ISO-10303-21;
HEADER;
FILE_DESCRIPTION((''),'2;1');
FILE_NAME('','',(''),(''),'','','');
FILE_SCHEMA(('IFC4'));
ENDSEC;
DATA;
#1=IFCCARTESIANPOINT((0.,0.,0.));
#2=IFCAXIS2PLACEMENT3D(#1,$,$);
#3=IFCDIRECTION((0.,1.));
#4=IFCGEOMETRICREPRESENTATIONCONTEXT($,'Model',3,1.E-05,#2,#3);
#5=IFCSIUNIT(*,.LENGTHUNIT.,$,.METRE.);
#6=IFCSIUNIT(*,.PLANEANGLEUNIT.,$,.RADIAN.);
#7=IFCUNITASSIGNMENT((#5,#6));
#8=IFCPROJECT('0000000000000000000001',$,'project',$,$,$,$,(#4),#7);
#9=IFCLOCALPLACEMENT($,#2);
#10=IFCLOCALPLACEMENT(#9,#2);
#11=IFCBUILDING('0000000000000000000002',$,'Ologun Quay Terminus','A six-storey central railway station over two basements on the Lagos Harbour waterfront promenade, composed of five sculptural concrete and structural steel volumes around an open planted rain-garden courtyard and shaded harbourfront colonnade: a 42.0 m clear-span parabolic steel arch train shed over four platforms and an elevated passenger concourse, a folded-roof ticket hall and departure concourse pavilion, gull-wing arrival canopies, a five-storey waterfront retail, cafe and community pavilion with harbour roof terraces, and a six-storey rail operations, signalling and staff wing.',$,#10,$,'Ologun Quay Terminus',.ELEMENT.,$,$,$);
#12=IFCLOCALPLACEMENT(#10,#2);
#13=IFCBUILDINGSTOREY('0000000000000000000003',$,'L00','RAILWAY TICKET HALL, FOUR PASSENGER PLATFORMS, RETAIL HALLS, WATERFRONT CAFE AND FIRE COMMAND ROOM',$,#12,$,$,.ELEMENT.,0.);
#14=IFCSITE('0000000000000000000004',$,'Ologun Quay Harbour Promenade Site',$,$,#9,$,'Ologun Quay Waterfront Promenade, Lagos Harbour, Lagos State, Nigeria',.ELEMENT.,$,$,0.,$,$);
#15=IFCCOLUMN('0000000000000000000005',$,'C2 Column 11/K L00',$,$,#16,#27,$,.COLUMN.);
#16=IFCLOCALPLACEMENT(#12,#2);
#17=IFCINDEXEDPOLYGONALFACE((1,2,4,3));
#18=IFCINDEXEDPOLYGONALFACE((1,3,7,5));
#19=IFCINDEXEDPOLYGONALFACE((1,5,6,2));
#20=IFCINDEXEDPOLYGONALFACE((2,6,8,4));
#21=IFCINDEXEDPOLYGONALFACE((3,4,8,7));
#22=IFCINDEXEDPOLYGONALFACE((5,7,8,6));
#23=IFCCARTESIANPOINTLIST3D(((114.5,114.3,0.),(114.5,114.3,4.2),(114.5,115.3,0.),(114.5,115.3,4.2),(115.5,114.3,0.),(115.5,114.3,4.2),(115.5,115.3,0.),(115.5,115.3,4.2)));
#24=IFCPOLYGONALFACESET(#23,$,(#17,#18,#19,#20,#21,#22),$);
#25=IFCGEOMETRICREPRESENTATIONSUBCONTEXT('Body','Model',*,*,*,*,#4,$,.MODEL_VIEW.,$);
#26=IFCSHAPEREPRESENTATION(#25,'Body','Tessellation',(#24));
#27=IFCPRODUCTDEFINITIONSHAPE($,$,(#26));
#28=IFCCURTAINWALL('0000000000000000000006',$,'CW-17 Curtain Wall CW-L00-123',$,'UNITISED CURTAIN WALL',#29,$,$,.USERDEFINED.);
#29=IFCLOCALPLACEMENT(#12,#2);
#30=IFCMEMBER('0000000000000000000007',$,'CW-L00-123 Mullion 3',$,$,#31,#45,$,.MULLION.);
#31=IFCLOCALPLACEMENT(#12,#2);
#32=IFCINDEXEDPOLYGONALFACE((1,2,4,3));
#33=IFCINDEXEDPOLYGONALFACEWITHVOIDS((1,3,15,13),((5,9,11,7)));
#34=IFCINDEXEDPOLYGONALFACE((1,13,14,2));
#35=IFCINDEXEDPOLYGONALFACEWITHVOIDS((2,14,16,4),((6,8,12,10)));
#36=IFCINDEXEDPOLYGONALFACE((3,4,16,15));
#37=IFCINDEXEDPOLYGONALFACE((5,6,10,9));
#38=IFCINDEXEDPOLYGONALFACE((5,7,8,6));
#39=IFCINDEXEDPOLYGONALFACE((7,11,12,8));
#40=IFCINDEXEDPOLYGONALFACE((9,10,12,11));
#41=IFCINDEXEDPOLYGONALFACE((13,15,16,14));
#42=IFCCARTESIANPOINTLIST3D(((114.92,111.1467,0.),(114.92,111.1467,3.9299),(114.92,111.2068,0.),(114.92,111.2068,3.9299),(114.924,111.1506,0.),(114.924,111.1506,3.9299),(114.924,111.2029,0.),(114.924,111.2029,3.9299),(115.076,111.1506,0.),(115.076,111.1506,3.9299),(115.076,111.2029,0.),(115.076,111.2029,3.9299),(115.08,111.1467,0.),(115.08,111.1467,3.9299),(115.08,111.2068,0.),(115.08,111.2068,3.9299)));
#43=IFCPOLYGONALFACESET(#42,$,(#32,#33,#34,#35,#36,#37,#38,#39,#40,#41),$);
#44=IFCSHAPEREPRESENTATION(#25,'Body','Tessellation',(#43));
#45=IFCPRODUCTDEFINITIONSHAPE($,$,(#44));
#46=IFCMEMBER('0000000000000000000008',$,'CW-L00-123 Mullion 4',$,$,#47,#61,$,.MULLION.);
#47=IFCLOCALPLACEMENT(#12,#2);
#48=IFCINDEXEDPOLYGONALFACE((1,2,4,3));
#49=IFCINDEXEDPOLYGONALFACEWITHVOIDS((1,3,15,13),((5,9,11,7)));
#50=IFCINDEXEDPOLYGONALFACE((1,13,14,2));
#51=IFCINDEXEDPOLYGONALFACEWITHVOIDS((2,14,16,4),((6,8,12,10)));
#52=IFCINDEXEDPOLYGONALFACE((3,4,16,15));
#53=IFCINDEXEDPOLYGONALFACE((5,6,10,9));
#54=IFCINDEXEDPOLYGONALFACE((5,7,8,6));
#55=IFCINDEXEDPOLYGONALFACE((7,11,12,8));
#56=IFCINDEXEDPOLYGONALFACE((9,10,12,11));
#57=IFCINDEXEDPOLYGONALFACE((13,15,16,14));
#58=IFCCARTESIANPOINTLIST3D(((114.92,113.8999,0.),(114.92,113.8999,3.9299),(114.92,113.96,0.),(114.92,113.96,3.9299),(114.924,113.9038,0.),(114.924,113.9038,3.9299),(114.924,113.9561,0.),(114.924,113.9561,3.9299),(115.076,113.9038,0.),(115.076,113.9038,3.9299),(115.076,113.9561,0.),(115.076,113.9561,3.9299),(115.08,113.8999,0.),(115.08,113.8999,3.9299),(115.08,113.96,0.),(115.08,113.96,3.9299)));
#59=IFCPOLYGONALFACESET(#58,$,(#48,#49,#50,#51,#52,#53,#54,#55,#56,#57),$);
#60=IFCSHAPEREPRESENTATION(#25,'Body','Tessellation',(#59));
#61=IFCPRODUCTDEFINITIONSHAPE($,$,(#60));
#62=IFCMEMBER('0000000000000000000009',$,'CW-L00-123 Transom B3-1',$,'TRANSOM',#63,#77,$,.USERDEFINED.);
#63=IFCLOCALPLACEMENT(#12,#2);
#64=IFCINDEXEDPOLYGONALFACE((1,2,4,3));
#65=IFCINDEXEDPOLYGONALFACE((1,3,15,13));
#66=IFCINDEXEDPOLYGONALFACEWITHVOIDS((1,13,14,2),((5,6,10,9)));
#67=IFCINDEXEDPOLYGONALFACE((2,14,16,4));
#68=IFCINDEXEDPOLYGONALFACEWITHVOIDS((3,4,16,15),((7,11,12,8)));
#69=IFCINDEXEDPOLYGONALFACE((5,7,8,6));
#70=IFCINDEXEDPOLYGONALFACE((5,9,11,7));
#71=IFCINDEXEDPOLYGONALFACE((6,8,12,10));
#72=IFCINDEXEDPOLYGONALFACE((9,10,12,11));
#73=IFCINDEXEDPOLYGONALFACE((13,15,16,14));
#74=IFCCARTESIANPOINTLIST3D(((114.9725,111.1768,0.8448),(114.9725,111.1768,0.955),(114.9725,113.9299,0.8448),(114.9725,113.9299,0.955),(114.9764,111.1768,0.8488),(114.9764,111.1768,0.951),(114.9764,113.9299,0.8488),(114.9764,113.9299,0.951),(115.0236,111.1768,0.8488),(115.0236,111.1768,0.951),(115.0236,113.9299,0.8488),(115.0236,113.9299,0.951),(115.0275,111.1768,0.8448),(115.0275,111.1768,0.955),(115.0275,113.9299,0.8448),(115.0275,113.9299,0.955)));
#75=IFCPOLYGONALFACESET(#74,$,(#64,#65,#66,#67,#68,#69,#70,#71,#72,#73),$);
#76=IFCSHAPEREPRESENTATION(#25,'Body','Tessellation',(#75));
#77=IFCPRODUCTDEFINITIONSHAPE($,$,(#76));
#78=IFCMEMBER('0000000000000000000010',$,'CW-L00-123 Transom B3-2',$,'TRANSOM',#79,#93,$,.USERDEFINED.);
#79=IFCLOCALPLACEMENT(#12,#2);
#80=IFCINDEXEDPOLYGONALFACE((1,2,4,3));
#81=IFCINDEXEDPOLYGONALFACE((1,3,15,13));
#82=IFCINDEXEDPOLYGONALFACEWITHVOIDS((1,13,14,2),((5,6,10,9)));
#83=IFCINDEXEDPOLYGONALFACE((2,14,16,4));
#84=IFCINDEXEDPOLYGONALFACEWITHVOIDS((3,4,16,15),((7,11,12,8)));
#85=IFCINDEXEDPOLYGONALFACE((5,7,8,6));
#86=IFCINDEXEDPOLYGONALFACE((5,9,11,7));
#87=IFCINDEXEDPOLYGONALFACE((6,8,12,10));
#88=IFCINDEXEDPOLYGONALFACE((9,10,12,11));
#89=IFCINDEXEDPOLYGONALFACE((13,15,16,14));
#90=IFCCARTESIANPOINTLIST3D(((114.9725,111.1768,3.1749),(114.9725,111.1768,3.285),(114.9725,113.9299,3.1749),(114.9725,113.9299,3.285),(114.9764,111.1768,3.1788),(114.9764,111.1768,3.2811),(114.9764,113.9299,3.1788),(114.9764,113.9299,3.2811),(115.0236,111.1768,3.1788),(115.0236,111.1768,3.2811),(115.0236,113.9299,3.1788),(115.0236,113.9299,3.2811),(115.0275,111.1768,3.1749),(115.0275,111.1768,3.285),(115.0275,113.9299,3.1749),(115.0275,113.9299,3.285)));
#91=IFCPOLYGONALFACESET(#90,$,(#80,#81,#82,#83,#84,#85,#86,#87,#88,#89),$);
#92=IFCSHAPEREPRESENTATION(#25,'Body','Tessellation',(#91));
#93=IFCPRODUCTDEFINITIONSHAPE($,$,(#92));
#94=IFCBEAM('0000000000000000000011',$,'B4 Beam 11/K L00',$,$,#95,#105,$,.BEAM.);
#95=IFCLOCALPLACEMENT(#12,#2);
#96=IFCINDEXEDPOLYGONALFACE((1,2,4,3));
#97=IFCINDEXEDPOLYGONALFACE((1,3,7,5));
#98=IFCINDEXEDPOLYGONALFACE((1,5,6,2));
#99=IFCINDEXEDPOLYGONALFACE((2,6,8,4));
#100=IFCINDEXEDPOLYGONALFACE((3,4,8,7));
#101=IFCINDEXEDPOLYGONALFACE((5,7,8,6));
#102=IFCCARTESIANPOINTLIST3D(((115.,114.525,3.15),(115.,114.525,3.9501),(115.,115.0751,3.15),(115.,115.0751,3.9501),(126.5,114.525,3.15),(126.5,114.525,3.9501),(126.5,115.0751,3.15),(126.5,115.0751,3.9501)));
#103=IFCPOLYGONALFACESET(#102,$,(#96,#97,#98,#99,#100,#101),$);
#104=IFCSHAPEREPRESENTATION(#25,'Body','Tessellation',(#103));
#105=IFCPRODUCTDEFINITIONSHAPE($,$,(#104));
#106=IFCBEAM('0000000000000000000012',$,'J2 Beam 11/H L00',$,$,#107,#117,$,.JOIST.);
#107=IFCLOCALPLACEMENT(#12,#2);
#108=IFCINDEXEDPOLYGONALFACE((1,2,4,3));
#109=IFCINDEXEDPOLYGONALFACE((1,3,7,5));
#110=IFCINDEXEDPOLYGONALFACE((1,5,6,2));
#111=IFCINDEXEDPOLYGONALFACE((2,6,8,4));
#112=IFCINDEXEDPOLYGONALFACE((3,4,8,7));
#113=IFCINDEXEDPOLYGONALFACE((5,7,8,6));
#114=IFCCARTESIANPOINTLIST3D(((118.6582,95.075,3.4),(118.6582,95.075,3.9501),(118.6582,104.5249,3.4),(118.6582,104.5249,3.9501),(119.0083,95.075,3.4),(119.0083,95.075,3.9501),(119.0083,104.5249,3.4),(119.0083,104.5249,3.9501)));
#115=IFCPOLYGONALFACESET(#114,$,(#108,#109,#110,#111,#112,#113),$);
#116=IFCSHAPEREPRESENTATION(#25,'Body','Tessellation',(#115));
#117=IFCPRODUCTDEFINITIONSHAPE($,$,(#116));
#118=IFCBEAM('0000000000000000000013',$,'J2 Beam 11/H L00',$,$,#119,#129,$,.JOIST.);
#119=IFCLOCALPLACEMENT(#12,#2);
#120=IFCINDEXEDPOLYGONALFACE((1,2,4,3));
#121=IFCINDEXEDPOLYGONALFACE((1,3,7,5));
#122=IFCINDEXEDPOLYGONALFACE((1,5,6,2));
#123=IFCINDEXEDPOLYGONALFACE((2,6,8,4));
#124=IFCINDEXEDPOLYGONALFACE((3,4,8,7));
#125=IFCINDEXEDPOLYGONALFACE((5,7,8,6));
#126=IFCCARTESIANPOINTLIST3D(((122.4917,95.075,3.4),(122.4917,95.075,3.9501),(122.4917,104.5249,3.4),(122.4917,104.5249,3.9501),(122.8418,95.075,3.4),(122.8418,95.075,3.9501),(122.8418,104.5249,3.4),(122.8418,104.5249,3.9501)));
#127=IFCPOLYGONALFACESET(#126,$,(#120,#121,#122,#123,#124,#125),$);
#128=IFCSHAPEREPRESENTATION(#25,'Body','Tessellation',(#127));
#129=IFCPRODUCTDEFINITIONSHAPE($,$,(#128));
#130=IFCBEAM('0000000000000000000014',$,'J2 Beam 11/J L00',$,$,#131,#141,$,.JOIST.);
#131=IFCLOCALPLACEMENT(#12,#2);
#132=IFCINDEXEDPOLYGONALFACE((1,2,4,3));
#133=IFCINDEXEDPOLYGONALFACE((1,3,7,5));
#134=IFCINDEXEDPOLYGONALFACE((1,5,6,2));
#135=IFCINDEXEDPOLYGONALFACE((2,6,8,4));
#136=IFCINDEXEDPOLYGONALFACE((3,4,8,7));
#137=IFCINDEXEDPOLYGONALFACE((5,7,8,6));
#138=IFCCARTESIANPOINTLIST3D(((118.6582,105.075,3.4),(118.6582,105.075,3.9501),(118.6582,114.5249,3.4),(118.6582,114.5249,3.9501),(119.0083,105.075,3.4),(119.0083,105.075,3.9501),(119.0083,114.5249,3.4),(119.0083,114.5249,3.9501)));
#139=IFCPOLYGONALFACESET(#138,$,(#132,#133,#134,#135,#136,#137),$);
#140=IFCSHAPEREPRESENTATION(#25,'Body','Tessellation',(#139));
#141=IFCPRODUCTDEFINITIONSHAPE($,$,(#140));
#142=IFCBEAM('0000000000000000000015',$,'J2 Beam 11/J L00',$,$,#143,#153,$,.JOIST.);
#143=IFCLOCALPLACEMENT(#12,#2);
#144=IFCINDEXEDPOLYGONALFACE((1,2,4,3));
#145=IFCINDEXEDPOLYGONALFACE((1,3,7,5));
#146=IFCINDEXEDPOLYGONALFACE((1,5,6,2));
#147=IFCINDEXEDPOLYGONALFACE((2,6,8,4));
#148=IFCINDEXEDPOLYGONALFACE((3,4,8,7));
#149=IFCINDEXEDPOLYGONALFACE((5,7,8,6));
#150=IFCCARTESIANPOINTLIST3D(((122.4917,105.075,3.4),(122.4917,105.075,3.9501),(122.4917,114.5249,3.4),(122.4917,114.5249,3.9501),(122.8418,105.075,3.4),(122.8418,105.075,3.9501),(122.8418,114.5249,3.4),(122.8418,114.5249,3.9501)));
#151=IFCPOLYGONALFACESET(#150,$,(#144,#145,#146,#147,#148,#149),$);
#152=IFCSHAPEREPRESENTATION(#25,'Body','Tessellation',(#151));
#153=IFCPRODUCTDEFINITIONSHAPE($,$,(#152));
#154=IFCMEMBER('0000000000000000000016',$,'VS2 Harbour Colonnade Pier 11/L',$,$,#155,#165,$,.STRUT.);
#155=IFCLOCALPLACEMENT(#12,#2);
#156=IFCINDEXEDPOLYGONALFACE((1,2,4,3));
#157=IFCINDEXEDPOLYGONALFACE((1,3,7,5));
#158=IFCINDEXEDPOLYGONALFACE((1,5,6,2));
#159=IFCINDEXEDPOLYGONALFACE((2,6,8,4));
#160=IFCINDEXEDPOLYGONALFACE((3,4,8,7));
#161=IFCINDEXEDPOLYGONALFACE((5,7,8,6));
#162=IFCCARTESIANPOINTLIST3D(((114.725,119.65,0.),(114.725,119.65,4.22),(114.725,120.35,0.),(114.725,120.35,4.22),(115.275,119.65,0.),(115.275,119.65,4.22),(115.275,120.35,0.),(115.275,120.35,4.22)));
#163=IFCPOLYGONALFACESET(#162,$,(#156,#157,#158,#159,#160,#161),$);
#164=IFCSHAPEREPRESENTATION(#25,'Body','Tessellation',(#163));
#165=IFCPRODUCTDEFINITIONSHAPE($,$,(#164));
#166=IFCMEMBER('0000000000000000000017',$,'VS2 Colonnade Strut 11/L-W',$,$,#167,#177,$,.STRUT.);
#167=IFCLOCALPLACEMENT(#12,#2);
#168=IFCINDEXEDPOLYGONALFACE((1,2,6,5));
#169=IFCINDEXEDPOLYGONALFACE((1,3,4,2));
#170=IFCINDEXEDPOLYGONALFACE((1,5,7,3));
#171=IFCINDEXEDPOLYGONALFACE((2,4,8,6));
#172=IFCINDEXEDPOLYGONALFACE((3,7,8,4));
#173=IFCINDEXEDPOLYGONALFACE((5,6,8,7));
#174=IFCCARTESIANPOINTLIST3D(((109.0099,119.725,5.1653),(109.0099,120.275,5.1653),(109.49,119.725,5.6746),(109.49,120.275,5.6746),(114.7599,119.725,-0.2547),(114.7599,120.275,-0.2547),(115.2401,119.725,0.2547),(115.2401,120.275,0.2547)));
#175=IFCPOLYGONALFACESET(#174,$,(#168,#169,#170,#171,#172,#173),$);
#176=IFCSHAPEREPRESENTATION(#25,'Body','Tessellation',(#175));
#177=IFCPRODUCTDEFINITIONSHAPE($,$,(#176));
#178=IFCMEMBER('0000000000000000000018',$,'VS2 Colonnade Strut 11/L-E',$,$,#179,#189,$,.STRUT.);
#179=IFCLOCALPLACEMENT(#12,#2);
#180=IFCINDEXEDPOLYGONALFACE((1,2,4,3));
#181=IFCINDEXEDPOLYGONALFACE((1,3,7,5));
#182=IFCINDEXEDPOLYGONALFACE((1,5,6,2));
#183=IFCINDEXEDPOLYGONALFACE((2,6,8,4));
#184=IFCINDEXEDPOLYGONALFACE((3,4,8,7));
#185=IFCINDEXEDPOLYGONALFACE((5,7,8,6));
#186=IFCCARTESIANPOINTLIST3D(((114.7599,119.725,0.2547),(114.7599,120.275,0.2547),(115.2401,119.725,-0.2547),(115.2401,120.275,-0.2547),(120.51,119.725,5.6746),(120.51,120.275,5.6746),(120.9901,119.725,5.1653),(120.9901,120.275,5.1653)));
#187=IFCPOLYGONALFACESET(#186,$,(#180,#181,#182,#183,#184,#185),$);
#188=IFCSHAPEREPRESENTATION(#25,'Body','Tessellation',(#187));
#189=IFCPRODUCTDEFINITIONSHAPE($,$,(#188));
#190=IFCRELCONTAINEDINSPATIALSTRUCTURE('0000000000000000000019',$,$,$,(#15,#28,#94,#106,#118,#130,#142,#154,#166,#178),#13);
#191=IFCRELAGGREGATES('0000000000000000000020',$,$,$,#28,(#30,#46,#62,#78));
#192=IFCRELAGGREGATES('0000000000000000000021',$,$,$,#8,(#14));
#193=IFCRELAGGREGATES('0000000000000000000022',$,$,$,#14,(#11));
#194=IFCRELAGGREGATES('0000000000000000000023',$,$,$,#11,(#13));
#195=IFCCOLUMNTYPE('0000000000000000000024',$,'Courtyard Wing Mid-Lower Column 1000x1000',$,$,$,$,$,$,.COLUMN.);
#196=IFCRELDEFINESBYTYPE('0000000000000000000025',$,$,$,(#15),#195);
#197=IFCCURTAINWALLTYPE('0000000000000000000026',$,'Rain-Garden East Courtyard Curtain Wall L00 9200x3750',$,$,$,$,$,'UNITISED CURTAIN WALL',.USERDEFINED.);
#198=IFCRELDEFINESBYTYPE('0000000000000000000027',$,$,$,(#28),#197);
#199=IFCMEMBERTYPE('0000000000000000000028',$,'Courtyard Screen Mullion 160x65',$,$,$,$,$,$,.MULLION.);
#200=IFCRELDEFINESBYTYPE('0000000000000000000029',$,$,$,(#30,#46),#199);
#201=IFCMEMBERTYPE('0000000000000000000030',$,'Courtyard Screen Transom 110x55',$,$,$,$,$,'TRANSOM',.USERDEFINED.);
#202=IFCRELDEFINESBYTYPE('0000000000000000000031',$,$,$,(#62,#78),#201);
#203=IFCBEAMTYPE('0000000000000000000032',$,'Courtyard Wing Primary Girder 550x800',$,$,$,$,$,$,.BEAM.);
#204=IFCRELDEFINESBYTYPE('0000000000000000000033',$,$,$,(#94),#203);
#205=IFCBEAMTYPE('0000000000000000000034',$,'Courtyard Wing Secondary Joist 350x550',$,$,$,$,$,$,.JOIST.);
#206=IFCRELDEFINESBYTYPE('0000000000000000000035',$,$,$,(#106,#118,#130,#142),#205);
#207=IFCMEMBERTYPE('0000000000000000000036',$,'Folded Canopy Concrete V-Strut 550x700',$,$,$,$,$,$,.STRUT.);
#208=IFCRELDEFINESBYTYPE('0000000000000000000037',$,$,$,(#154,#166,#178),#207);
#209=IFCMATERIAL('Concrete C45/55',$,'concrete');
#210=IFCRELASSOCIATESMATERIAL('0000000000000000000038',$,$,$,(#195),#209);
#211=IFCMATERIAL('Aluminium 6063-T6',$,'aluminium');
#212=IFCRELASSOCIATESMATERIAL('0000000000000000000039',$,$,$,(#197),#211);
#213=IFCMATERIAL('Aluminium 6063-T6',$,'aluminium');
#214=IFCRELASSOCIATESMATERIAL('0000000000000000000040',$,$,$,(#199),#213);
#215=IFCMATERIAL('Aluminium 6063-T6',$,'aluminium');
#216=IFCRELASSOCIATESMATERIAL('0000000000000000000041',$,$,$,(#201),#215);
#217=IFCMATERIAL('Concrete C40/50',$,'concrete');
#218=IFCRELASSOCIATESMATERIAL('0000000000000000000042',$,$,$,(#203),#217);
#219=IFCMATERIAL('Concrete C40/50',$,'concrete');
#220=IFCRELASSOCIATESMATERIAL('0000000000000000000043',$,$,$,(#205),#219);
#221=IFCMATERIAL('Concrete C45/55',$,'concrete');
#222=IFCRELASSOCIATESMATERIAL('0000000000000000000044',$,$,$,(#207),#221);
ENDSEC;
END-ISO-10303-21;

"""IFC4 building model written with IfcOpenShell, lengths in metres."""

from ifc_helpers import new_model, si_unit, direction, frame, origin, origin_2d, place, context, subcontext, project, spatial, rectangle, hollow_rectangle, extrude, material, material_profile, profile_set, type_object, element, aggregate, save


model = new_model("IFC4")

# Units and contexts
model_context = context("Model", 3, precision=1e-05, world=origin(), true_north=direction((0.0, 1.0)))
body_context = subcontext(model_context, "Body", "Model", "MODEL_VIEW")
ifc_project = project(units=[si_unit("LENGTHUNIT", "METRE"), si_unit("PLANEANGLEUNIT", "RADIAN")], contexts=[model_context])

# Site, building, storey
site_placement = place(None, origin())
site = spatial("IfcSite", under=ifc_project, at=site_placement, Name="Ologun Quay Harbour Promenade Site", LongName="Ologun Quay Waterfront Promenade, Lagos Harbour, Lagos State, Nigeria", CompositionType="ELEMENT", RefElevation=0.0)
building_placement = place(site_placement, origin())
building = spatial("IfcBuilding", under=site, at=building_placement, Name="Ologun Quay Terminus", Description="A six-storey central railway station over two basements on the Lagos Harbour waterfront promenade, composed of five sculptural concrete and structural steel volumes around an open planted rain-garden courtyard and shaded harbourfront colonnade: a 42.0 m clear-span parabolic steel arch train shed over four platforms and an elevated passenger concourse, a folded-roof ticket hall and departure concourse pavilion, gull-wing arrival canopies, a five-storey waterfront retail, cafe and community pavilion with harbour roof terraces, and a six-storey rail operations, signalling and staff wing.", LongName="Ologun Quay Terminus", CompositionType="ELEMENT")
storey_placement = place(building_placement, origin())
storey = spatial("IfcBuildingStorey", under=building, at=storey_placement, Name="L00", Description="RAILWAY TICKET HALL, FOUR PASSENGER PLATFORMS, RETAIL HALLS, WATERFRONT CAFE AND FIRE COMMAND ROOM", CompositionType="ELEMENT", Elevation=0.0)

# Column
ifc_material_1 = material(Name="Concrete C45/55", Category="concrete")
ifc_material_profile_1 = material_profile(ifc_material_1, rectangle(XDim=1.0, YDim=1.0, at=origin_2d()), Name="RC 1000x1000")
ifc_profile_set_1 = profile_set([ifc_material_profile_1], Name="Concrete C45/55")
column_type = type_object("IfcColumnType", Name="Courtyard Wing Mid-Lower Column 1000x1000", PredefinedType="COLUMN", material=ifc_profile_set_1)
column_placement = place(storey_placement, frame((115.0, 114.8, 0.0), z_axis=(0.0, 0.0, 1.0), x_axis=(1.0, 0.0, 0.0)))
element("IfcColumn", 1, at=column_placement, inside=storey, type_object=column_type, Name="C2 Column 11/K L00", PredefinedType="COLUMN", context=body_context, shape_type="SweptSolid", body=[
    extrude(rectangle(XDim=1.0, YDim=1.0, at=origin_2d()), origin(), (0.0, 0.0, 1.0), 4.2),
])

# Curtain wall, members
ifc_material_2 = material(Name="Aluminium 6063-T6", Category="aluminium")
curtain_wall_type = type_object("IfcCurtainWallType", Name="Rain-Garden East Courtyard Curtain Wall L00 9200x3750", ElementType="UNITISED CURTAIN WALL", PredefinedType="USERDEFINED", material=ifc_material_2)
curtain_wall_placement = place(storey_placement, origin())
curtain_wall = element("IfcCurtainWall", 2, at=curtain_wall_placement, inside=storey, type_object=curtain_wall_type, Name="CW-17 Curtain Wall CW-L00-123", ObjectType="UNITISED CURTAIN WALL", PredefinedType="USERDEFINED")
ifc_material_3 = material(Name="Aluminium 6063-T6", Category="aluminium")
ifc_material_profile_2 = material_profile(ifc_material_3, hollow_rectangle(XDim=0.0601, YDim=0.1599, WallThickness=0.0039, at=origin_2d()), Name="ALU 160x60x4")
ifc_profile_set_2 = profile_set([ifc_material_profile_2], Name="Aluminium 6063-T6")
member_type_1 = type_object("IfcMemberType", Name="Courtyard Screen Mullion 160x65", PredefinedType="MULLION", material=ifc_profile_set_2)
member_1_placement = place(storey_placement, frame((115.0, 111.1768, 0.0), z_axis=(0.0, 0.0, 1.0), x_axis=(0.0, 1.0, 0.0)))
member_1 = element("IfcMember", 3, at=member_1_placement, type_object=member_type_1, Name="CW-L00-123 Mullion 3", PredefinedType="MULLION", context=body_context, shape_type="SweptSolid", body=[
    extrude(hollow_rectangle(XDim=0.0601, YDim=0.1599, WallThickness=0.0039, at=origin_2d()), origin(), (0.0, 0.0, 1.0), 3.9299),
])
member_2_placement = place(storey_placement, frame((115.0, 113.9299, 0.0), z_axis=(0.0, 0.0, 1.0), x_axis=(0.0, 1.0, 0.0)))
member_2 = element("IfcMember", 4, at=member_2_placement, type_object=member_type_1, Name="CW-L00-123 Mullion 4", PredefinedType="MULLION", context=body_context, shape_type="SweptSolid", body=[
    extrude(hollow_rectangle(XDim=0.0601, YDim=0.1599, WallThickness=0.0039, at=origin_2d()), origin(), (0.0, 0.0, 1.0), 3.9299),
])
ifc_material_4 = material(Name="Aluminium 6063-T6", Category="aluminium")
ifc_material_profile_3 = material_profile(ifc_material_4, hollow_rectangle(XDim=0.0549, YDim=0.1101, WallThickness=0.0039, at=origin_2d()), Name="ALU 110x55x4")
ifc_profile_set_3 = profile_set([ifc_material_profile_3], Name="Aluminium 6063-T6")
member_type_2 = type_object("IfcMemberType", Name="Courtyard Screen Transom 110x55", ElementType="TRANSOM", PredefinedType="USERDEFINED", material=ifc_profile_set_3)
member_3_placement = place(storey_placement, frame((115.0, 111.1768, 0.8999), z_axis=(0.0, 1.0, 0.0), x_axis=(-1.0, 0.0, 0.0)))
member_3 = element("IfcMember", 5, at=member_3_placement, type_object=member_type_2, Name="CW-L00-123 Transom B3-1", ObjectType="TRANSOM", PredefinedType="USERDEFINED", context=body_context, shape_type="SweptSolid", body=[
    extrude(hollow_rectangle(XDim=0.0549, YDim=0.1101, WallThickness=0.0039, at=origin_2d()), origin(), (0.0, 0.0, 1.0), 2.7532),
])
member_4_placement = place(storey_placement, frame((115.0, 111.1768, 3.23), z_axis=(0.0, 1.0, 0.0), x_axis=(-1.0, 0.0, 0.0)))
member_4 = element("IfcMember", 6, at=member_4_placement, type_object=member_type_2, Name="CW-L00-123 Transom B3-2", ObjectType="TRANSOM", PredefinedType="USERDEFINED", context=body_context, shape_type="SweptSolid", body=[
    extrude(hollow_rectangle(XDim=0.0549, YDim=0.1101, WallThickness=0.0039, at=origin_2d()), origin(), (0.0, 0.0, 1.0), 2.7532),
])

# Beams
ifc_material_5 = material(Name="Concrete C40/50", Category="concrete")
ifc_material_profile_4 = material_profile(ifc_material_5, rectangle(XDim=0.55, YDim=0.8, at=origin_2d()), Name="RC 550x800")
ifc_profile_set_4 = profile_set([ifc_material_profile_4], Name="Concrete C40/50")
beam_type_1 = type_object("IfcBeamType", Name="Courtyard Wing Primary Girder 550x800", PredefinedType="BEAM", material=ifc_profile_set_4)
beam_1_placement = place(storey_placement, frame((115.0, 114.8, 3.55), z_axis=(1.0, 0.0, 0.0), x_axis=(0.0, 1.0, 0.0)))
element("IfcBeam", 7, at=beam_1_placement, inside=storey, type_object=beam_type_1, Name="B4 Beam 11/K L00", PredefinedType="BEAM", context=body_context, shape_type="SweptSolid", body=[
    extrude(rectangle(XDim=0.55, YDim=0.8, at=origin_2d()), origin(), (0.0, 0.0, 1.0), 11.5),
])
ifc_material_6 = material(Name="Concrete C40/50", Category="concrete")
ifc_material_profile_5 = material_profile(ifc_material_6, rectangle(XDim=0.3501, YDim=0.55, at=origin_2d()), Name="RC 350x550")
ifc_profile_set_5 = profile_set([ifc_material_profile_5], Name="Concrete C40/50")
beam_type_2 = type_object("IfcBeamType", Name="Courtyard Wing Secondary Joist 350x550", PredefinedType="JOIST", material=ifc_profile_set_5)
for number, where, z_axis, x_axis, name in (
    (8, (118.8333, 95.075, 3.675), (0.0, 1.0, 0.0), (-1.0, 0.0, 0.0), "J2 Beam 11/H L00"),
    (9, (122.6667, 95.075, 3.675), (0.0, 1.0, 0.0), (-1.0, 0.0, 0.0), "J2 Beam 11/H L00"),
    (10, (118.8333, 105.075, 3.675), (0.0, 1.0, 0.0), (-1.0, 0.0, 0.0), "J2 Beam 11/J L00"),
    (11, (122.6667, 105.075, 3.675), (0.0, 1.0, 0.0), (-1.0, 0.0, 0.0), "J2 Beam 11/J L00"),
):
    element("IfcBeam", number, at=place(storey_placement, frame(where, z_axis=z_axis, x_axis=x_axis)), inside=storey, type_object=beam_type_2, Name=name, PredefinedType="JOIST", context=body_context, shape_type="SweptSolid", body=[
        extrude(rectangle(XDim=0.3501, YDim=0.55, at=origin_2d()), origin(), (0.0, 0.0, 1.0), 9.45),
    ])

# Members
ifc_material_7 = material(Name="Concrete C45/55", Category="concrete")
ifc_material_profile_6 = material_profile(ifc_material_7, rectangle(XDim=0.55, YDim=0.7, at=origin_2d()), Name="RC 550x700")
ifc_profile_set_6 = profile_set([ifc_material_profile_6], Name="Concrete C45/55")
member_type_3 = type_object("IfcMemberType", Name="Folded Canopy Concrete V-Strut 550x700", PredefinedType="STRUT", material=ifc_profile_set_6)
member_5_placement = place(storey_placement, frame((115.0, 120.0, 0.0), z_axis=(0.0, 0.0, 1.0), x_axis=(1.0, 0.0, 0.0)))
element("IfcMember", 12, at=member_5_placement, inside=storey, type_object=member_type_3, Name="VS2 Harbour Colonnade Pier 11/L", PredefinedType="STRUT", context=body_context, shape_type="SweptSolid", body=[
    extrude(rectangle(XDim=0.55, YDim=0.7, at=origin_2d()), origin(), (0.0, 0.0, 1.0), 4.22),
])
for number, where, z_axis, x_axis, name in (
    (13, (115.0, 120.0, 0.0), (-0.727685, 0.0, 0.685912), (0.0, -1.0, 0.0), "VS2 Colonnade Strut 11/L-W"),
    (14, (115.0, 120.0, 0.0), (0.727685, 0.0, 0.685912), (0.0, 1.0, 0.0), "VS2 Colonnade Strut 11/L-E"),
):
    element("IfcMember", number, at=place(storey_placement, frame(where, z_axis=z_axis, x_axis=x_axis)), inside=storey, type_object=member_type_3, Name=name, PredefinedType="STRUT", context=body_context, shape_type="SweptSolid", body=[
        extrude(rectangle(XDim=0.55, YDim=0.7, at=origin_2d()), origin(), (0.0, 0.0, 1.0), 7.9019),
    ])

aggregate(curtain_wall, [member_1, member_2, member_3, member_4])

save(model, "model.ifc")
